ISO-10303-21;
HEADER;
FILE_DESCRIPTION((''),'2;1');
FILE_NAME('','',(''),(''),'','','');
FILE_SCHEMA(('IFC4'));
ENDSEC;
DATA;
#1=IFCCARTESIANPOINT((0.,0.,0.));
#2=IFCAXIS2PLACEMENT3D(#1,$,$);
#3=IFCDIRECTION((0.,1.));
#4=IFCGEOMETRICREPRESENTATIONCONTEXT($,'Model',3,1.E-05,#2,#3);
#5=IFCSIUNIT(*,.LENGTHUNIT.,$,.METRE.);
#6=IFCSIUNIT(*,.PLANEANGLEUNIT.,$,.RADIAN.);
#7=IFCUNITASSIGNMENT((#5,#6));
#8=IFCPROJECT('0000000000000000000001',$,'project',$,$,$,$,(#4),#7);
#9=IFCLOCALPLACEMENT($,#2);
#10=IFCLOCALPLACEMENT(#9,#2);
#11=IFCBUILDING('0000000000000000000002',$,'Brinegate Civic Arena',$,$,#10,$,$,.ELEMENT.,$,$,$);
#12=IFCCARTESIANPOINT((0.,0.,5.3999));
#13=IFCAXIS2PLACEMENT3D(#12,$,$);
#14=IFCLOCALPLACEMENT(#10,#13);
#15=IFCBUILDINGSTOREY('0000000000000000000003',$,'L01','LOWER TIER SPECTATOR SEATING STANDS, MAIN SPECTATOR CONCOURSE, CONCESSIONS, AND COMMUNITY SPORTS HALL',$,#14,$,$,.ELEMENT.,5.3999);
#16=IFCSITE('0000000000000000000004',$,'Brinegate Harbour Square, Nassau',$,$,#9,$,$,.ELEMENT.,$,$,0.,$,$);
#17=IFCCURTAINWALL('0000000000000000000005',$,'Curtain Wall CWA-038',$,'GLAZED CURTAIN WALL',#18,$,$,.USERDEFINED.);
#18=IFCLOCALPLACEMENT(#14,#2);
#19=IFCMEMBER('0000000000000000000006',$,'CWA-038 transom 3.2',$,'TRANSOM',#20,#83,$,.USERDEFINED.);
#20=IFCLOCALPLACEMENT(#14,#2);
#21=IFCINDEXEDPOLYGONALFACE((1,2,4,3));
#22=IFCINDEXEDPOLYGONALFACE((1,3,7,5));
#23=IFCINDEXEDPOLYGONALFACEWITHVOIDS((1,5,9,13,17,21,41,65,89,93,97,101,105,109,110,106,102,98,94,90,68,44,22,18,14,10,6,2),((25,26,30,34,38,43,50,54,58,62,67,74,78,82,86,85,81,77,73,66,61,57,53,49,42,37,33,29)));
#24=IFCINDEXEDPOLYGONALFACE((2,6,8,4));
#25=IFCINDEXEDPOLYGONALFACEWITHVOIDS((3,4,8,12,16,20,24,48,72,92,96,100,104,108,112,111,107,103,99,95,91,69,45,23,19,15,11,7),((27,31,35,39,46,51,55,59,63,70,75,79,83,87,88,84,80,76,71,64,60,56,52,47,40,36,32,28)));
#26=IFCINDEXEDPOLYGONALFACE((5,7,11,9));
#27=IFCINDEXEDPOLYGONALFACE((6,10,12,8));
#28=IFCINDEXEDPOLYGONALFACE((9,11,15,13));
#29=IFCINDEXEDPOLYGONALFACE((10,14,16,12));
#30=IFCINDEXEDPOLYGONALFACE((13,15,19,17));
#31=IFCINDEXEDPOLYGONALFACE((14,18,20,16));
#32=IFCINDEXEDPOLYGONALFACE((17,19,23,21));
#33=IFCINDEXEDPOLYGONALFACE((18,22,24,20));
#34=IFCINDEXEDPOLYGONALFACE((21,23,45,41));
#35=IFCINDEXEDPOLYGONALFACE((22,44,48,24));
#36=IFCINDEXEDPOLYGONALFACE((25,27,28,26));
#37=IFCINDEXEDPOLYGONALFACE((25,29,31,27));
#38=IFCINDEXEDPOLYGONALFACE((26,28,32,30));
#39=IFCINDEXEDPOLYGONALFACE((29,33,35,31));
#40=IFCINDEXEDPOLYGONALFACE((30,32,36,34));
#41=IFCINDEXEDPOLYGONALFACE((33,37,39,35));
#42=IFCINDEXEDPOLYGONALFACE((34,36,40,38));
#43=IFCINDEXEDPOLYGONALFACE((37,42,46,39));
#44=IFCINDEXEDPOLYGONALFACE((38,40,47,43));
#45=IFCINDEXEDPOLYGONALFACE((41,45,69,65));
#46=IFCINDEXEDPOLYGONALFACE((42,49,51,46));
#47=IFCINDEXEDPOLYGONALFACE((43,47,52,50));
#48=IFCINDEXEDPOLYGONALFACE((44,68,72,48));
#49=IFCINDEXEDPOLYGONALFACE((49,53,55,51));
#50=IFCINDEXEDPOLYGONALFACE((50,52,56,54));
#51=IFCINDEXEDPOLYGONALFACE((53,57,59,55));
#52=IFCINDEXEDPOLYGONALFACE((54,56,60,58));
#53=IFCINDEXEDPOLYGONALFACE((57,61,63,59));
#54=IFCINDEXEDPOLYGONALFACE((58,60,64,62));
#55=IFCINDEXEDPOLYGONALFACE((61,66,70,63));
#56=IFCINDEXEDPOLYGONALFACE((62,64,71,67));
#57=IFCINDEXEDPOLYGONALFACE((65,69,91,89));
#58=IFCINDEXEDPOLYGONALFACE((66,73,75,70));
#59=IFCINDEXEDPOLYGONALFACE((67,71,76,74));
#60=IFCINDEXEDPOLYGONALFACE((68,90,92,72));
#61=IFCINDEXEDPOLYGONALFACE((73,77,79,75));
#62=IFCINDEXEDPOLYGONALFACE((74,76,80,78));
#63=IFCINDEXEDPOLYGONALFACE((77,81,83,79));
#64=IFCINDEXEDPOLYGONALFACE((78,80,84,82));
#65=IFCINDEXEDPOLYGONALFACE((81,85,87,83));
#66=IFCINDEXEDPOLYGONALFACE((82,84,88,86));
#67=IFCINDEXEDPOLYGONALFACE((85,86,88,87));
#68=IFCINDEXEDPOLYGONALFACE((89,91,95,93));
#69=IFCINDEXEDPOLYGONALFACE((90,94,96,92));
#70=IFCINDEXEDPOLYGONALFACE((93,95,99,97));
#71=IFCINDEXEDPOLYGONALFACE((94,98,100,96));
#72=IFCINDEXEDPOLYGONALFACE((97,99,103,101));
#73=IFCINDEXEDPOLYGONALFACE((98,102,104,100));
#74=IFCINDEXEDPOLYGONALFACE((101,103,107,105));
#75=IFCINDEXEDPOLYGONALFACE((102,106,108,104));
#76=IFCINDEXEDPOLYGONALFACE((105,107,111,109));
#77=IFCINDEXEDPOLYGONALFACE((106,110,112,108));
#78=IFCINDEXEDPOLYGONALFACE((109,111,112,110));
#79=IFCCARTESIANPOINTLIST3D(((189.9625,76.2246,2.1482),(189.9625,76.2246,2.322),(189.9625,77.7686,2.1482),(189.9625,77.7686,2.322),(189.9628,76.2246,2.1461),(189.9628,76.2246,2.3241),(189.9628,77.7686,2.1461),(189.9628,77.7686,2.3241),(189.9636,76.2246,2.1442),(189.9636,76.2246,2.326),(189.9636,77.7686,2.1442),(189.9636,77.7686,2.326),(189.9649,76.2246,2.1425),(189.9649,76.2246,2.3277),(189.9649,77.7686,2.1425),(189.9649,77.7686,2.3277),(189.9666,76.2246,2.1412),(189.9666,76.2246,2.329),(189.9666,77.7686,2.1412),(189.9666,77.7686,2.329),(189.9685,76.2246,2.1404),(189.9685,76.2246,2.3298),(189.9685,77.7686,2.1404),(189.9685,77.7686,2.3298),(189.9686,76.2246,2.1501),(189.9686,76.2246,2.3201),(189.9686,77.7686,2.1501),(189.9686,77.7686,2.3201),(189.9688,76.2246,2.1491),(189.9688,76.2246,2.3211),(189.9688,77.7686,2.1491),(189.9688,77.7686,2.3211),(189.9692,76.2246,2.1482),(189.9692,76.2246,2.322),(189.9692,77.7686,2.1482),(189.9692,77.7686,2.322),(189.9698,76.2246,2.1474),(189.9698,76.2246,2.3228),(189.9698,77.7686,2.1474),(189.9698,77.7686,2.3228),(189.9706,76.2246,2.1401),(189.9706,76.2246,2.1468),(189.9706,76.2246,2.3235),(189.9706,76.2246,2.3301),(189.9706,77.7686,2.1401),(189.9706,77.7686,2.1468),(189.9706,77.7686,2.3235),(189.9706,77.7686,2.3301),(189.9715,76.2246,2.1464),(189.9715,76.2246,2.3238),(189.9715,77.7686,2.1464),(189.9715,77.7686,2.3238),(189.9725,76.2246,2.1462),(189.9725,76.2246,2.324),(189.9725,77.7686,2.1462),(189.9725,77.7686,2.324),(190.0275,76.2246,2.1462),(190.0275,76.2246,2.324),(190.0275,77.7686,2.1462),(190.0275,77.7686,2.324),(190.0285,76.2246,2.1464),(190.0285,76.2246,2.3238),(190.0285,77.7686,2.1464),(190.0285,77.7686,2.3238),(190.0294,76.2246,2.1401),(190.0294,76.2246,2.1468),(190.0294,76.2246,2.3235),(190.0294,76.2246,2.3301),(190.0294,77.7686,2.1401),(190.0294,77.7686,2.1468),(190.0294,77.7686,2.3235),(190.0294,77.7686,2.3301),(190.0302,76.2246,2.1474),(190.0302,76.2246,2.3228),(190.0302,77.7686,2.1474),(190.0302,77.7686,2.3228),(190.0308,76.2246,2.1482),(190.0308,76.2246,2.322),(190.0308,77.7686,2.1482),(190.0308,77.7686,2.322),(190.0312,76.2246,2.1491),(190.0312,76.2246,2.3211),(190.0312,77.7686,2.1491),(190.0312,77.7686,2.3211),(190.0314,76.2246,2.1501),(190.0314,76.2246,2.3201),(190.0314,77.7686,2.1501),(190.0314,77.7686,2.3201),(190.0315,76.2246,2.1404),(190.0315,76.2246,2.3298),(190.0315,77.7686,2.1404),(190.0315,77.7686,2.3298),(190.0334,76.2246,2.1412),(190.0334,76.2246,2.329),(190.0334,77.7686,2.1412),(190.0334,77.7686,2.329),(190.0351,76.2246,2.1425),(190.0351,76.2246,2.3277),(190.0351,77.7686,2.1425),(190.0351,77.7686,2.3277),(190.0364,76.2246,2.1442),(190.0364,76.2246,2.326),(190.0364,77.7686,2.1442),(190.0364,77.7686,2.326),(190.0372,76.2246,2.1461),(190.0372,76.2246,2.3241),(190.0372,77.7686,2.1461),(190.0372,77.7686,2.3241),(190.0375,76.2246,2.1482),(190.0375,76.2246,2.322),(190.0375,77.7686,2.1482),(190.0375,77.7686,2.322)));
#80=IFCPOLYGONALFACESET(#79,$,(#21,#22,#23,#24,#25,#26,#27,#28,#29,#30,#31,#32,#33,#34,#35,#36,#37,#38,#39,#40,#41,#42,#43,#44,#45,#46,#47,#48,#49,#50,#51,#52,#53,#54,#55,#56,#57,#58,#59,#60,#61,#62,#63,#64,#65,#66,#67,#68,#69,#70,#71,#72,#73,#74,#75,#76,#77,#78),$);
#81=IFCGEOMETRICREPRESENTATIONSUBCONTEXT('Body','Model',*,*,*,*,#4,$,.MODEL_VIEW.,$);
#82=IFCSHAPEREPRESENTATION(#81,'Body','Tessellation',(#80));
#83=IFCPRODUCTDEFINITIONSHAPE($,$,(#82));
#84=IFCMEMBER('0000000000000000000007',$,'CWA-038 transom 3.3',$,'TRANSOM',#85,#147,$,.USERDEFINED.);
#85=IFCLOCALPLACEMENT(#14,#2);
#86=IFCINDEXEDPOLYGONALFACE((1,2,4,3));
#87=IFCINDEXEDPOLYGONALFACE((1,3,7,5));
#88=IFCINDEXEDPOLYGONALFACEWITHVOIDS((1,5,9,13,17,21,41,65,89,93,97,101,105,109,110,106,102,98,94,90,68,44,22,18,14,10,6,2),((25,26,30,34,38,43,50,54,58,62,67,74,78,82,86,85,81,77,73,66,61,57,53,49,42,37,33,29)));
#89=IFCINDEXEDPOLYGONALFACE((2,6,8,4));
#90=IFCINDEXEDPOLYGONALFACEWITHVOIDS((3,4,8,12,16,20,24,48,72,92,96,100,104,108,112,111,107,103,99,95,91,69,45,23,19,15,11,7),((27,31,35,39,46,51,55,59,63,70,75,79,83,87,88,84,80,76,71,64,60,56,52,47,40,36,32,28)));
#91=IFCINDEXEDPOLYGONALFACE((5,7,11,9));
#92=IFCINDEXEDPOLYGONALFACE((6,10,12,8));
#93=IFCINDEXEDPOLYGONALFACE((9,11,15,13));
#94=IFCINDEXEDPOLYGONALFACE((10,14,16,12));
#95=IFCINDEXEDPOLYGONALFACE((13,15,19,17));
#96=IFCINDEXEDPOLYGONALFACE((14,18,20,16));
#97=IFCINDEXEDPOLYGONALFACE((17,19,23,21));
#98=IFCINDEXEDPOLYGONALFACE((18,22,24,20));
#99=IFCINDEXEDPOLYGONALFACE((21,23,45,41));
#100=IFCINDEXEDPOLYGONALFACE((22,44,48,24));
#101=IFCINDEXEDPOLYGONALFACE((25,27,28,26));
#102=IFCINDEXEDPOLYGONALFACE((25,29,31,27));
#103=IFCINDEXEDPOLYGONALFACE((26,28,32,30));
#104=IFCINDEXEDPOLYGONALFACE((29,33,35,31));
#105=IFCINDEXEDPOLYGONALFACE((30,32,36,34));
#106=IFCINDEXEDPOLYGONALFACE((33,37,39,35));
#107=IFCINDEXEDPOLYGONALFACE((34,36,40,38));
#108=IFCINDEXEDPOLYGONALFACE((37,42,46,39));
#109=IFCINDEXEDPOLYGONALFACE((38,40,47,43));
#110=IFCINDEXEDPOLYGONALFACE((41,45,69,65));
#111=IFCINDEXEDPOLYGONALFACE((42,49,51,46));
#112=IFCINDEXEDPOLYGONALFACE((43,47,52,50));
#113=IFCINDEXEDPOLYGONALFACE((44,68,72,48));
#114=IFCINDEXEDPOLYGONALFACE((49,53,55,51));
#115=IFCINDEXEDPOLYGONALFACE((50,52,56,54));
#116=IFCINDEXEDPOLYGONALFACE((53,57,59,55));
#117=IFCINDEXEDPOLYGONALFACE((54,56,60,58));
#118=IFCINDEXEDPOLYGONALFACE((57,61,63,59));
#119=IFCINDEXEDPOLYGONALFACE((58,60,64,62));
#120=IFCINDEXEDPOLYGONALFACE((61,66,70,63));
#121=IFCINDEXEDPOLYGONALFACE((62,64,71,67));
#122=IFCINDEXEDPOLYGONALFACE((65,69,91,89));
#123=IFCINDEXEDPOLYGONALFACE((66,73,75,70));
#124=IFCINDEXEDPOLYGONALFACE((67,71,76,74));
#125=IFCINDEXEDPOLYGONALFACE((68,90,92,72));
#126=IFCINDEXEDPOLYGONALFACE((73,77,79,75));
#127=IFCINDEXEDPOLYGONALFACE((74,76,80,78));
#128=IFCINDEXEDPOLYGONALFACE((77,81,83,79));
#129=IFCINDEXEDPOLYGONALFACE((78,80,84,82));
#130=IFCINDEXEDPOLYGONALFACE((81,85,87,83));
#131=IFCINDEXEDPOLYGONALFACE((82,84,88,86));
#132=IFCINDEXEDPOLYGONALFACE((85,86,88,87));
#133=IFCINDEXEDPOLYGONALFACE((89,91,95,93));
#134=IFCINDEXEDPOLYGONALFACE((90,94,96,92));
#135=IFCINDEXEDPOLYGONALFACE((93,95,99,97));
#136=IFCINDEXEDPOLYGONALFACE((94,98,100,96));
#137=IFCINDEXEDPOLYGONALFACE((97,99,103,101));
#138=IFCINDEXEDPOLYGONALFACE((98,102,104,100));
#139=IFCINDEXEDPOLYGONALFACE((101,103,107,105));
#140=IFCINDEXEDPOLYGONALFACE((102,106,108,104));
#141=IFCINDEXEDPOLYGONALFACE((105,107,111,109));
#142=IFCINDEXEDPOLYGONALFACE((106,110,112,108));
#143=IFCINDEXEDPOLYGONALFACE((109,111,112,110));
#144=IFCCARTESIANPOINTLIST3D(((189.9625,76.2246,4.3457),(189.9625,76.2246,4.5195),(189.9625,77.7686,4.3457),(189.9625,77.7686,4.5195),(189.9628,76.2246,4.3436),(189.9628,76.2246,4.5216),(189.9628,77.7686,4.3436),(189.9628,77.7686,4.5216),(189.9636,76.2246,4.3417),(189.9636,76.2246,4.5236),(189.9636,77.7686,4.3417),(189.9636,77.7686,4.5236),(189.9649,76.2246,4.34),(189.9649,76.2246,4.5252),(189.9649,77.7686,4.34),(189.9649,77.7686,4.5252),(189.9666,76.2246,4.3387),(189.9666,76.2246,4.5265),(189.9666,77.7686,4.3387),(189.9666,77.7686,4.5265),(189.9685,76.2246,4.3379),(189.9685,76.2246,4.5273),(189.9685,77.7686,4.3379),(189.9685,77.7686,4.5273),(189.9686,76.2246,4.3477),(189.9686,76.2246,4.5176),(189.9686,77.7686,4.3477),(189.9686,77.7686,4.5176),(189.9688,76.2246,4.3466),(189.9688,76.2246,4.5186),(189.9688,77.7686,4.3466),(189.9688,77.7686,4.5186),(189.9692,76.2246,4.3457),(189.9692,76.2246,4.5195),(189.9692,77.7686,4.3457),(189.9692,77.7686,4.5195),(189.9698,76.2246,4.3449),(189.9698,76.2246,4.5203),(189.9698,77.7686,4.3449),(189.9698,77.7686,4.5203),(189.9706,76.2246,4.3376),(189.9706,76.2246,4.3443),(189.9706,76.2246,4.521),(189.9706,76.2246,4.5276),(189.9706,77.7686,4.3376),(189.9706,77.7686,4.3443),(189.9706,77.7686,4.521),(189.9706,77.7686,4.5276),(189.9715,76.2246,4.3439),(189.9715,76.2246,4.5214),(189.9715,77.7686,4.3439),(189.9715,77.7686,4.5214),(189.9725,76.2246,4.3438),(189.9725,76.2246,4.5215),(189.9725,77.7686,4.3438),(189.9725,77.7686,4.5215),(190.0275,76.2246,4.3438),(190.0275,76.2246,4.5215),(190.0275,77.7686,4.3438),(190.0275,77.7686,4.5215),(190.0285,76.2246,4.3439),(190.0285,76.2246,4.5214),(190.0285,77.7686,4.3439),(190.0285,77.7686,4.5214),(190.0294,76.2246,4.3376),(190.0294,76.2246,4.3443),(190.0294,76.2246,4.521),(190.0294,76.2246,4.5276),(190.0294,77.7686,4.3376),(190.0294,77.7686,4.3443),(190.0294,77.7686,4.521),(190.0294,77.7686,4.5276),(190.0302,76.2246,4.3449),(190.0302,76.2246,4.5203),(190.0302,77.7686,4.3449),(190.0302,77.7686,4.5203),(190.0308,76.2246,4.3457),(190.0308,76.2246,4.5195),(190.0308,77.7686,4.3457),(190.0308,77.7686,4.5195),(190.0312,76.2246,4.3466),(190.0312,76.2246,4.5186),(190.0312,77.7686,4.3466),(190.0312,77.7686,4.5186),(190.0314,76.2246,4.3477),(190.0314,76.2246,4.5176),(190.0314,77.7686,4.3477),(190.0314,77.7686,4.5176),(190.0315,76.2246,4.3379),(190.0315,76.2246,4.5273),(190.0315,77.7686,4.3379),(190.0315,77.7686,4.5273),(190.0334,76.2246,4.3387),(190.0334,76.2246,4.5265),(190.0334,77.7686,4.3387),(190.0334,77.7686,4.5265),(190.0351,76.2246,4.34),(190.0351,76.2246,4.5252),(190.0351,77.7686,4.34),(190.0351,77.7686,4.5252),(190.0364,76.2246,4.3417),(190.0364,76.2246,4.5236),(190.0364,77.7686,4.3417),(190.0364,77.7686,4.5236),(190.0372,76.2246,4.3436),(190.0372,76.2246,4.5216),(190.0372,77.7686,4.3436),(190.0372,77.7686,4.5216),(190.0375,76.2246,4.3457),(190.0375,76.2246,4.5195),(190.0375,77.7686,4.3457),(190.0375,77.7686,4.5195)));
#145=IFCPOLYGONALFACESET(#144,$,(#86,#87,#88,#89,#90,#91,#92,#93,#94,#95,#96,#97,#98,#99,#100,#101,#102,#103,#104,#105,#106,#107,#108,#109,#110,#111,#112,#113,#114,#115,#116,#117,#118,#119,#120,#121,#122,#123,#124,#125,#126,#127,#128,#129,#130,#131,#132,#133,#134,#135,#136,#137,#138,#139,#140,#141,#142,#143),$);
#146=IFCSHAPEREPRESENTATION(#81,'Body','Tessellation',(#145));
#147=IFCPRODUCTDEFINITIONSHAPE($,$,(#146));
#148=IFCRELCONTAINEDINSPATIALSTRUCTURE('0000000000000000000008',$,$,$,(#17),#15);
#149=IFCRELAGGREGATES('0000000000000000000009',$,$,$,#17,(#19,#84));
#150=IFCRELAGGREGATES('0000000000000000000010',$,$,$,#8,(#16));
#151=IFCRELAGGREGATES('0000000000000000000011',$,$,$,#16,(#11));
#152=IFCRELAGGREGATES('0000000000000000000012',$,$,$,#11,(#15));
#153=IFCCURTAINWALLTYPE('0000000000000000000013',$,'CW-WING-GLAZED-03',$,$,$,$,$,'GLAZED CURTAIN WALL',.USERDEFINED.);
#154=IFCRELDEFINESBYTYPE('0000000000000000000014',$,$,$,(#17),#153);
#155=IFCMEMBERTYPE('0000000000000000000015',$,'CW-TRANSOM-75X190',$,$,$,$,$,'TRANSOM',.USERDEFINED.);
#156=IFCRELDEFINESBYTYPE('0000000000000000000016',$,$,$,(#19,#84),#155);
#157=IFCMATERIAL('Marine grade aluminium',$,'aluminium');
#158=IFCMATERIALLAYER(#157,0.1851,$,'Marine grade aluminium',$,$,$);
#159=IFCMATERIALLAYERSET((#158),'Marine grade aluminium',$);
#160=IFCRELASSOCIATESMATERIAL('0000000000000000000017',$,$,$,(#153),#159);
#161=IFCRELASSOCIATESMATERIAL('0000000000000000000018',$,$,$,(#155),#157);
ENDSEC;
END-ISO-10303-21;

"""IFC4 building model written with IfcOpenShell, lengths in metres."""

from ifc_helpers import new_model, si_unit, direction, frame, origin, origin_2d, place, context, subcontext, project, spatial, hollow_rectangle, extrude, material, layer, layer_set, material_profile, profile_set, type_object, element, aggregate, save


model = new_model("IFC4")

# Units and contexts
model_context = context("Model", 3, precision=1e-05, world=origin(), true_north=direction((0.0, 1.0)))
body_context = subcontext(model_context, "Body", "Model", "MODEL_VIEW")
ifc_project = project(units=[si_unit("LENGTHUNIT", "METRE"), si_unit("PLANEANGLEUNIT", "RADIAN")], contexts=[model_context])

# Site, building, storey
site_placement = place(None, origin())
site = spatial("IfcSite", under=ifc_project, at=site_placement, Name="Brinegate Harbour Square, Nassau", CompositionType="ELEMENT", RefElevation=0.0)
building_placement = place(site_placement, origin())
building = spatial("IfcBuilding", under=site, at=building_placement, Name="Brinegate Civic Arena", CompositionType="ELEMENT")
storey_placement = place(building_placement, frame((0.0, 0.0, 5.3999)))
storey = spatial("IfcBuildingStorey", under=building, at=storey_placement, Name="L01", Description="LOWER TIER SPECTATOR SEATING STANDS, MAIN SPECTATOR CONCOURSE, CONCESSIONS, AND COMMUNITY SPORTS HALL", CompositionType="ELEMENT", Elevation=5.3999)

# Curtain wall, members
ifc_material_1 = material(Name="Marine grade aluminium", Category="aluminium")
ifc_layer_1 = layer(ifc_material_1, 0.1851, Name="Marine grade aluminium")
ifc_layer_set_1 = layer_set([ifc_layer_1], Name="Marine grade aluminium")
curtain_wall_type = type_object("IfcCurtainWallType", Name="CW-WING-GLAZED-03", ElementType="GLAZED CURTAIN WALL", PredefinedType="USERDEFINED", material=ifc_layer_set_1)
curtain_wall_placement = place(storey_placement, origin())
curtain_wall = element("IfcCurtainWall", 1, at=curtain_wall_placement, inside=storey, type_object=curtain_wall_type, Name="Curtain Wall CWA-038", ObjectType="GLAZED CURTAIN WALL", PredefinedType="USERDEFINED")
ifc_material_profile_1 = material_profile(ifc_material_1, hollow_rectangle(XDim=0.075, YDim=0.1899, WallThickness=0.0061, InnerFilletRadius=0.0039, OuterFilletRadius=0.0081, at=origin_2d()), Name="TRN75X190")
ifc_profile_set_1 = profile_set([ifc_material_profile_1], Name="Marine grade aluminium")
member_type_1 = type_object("IfcMemberType", Name="CW-TRANSOM-75X190", ElementType="TRANSOM", PredefinedType="USERDEFINED", material=ifc_profile_set_1)
member_1_placement = place(storey_placement, frame((190.0, 76.2246, 2.2351), z_axis=(0.0, 1.0, 0.0), x_axis=(-1.0, 0.0, 0.0)))
member_1 = element("IfcMember", 2, at=member_1_placement, type_object=member_type_1, Name="CWA-038 transom 3.2", ObjectType="TRANSOM", PredefinedType="USERDEFINED", context=body_context, shape_type="SweptSolid", body=[
    extrude(hollow_rectangle(XDim=0.075, YDim=0.1899, WallThickness=0.0061, InnerFilletRadius=0.0039, OuterFilletRadius=0.0081, at=origin_2d()), origin(), (0.0, 0.0, 1.0), 1.5439),
])
member_2_placement = place(storey_placement, frame((190.0, 76.2246, 4.4326), z_axis=(0.0, 1.0, 0.0), x_axis=(-1.0, 0.0, 0.0)))
member_2 = element("IfcMember", 3, at=member_2_placement, type_object=member_type_1, Name="CWA-038 transom 3.3", ObjectType="TRANSOM", PredefinedType="USERDEFINED", context=body_context, shape_type="SweptSolid", body=[
    extrude(hollow_rectangle(XDim=0.075, YDim=0.1899, WallThickness=0.0061, InnerFilletRadius=0.0039, OuterFilletRadius=0.0081, at=origin_2d()), origin(), (0.0, 0.0, 1.0), 1.5439),
])

aggregate(curtain_wall, [member_1, member_2])

save(model, "model.ifc")
